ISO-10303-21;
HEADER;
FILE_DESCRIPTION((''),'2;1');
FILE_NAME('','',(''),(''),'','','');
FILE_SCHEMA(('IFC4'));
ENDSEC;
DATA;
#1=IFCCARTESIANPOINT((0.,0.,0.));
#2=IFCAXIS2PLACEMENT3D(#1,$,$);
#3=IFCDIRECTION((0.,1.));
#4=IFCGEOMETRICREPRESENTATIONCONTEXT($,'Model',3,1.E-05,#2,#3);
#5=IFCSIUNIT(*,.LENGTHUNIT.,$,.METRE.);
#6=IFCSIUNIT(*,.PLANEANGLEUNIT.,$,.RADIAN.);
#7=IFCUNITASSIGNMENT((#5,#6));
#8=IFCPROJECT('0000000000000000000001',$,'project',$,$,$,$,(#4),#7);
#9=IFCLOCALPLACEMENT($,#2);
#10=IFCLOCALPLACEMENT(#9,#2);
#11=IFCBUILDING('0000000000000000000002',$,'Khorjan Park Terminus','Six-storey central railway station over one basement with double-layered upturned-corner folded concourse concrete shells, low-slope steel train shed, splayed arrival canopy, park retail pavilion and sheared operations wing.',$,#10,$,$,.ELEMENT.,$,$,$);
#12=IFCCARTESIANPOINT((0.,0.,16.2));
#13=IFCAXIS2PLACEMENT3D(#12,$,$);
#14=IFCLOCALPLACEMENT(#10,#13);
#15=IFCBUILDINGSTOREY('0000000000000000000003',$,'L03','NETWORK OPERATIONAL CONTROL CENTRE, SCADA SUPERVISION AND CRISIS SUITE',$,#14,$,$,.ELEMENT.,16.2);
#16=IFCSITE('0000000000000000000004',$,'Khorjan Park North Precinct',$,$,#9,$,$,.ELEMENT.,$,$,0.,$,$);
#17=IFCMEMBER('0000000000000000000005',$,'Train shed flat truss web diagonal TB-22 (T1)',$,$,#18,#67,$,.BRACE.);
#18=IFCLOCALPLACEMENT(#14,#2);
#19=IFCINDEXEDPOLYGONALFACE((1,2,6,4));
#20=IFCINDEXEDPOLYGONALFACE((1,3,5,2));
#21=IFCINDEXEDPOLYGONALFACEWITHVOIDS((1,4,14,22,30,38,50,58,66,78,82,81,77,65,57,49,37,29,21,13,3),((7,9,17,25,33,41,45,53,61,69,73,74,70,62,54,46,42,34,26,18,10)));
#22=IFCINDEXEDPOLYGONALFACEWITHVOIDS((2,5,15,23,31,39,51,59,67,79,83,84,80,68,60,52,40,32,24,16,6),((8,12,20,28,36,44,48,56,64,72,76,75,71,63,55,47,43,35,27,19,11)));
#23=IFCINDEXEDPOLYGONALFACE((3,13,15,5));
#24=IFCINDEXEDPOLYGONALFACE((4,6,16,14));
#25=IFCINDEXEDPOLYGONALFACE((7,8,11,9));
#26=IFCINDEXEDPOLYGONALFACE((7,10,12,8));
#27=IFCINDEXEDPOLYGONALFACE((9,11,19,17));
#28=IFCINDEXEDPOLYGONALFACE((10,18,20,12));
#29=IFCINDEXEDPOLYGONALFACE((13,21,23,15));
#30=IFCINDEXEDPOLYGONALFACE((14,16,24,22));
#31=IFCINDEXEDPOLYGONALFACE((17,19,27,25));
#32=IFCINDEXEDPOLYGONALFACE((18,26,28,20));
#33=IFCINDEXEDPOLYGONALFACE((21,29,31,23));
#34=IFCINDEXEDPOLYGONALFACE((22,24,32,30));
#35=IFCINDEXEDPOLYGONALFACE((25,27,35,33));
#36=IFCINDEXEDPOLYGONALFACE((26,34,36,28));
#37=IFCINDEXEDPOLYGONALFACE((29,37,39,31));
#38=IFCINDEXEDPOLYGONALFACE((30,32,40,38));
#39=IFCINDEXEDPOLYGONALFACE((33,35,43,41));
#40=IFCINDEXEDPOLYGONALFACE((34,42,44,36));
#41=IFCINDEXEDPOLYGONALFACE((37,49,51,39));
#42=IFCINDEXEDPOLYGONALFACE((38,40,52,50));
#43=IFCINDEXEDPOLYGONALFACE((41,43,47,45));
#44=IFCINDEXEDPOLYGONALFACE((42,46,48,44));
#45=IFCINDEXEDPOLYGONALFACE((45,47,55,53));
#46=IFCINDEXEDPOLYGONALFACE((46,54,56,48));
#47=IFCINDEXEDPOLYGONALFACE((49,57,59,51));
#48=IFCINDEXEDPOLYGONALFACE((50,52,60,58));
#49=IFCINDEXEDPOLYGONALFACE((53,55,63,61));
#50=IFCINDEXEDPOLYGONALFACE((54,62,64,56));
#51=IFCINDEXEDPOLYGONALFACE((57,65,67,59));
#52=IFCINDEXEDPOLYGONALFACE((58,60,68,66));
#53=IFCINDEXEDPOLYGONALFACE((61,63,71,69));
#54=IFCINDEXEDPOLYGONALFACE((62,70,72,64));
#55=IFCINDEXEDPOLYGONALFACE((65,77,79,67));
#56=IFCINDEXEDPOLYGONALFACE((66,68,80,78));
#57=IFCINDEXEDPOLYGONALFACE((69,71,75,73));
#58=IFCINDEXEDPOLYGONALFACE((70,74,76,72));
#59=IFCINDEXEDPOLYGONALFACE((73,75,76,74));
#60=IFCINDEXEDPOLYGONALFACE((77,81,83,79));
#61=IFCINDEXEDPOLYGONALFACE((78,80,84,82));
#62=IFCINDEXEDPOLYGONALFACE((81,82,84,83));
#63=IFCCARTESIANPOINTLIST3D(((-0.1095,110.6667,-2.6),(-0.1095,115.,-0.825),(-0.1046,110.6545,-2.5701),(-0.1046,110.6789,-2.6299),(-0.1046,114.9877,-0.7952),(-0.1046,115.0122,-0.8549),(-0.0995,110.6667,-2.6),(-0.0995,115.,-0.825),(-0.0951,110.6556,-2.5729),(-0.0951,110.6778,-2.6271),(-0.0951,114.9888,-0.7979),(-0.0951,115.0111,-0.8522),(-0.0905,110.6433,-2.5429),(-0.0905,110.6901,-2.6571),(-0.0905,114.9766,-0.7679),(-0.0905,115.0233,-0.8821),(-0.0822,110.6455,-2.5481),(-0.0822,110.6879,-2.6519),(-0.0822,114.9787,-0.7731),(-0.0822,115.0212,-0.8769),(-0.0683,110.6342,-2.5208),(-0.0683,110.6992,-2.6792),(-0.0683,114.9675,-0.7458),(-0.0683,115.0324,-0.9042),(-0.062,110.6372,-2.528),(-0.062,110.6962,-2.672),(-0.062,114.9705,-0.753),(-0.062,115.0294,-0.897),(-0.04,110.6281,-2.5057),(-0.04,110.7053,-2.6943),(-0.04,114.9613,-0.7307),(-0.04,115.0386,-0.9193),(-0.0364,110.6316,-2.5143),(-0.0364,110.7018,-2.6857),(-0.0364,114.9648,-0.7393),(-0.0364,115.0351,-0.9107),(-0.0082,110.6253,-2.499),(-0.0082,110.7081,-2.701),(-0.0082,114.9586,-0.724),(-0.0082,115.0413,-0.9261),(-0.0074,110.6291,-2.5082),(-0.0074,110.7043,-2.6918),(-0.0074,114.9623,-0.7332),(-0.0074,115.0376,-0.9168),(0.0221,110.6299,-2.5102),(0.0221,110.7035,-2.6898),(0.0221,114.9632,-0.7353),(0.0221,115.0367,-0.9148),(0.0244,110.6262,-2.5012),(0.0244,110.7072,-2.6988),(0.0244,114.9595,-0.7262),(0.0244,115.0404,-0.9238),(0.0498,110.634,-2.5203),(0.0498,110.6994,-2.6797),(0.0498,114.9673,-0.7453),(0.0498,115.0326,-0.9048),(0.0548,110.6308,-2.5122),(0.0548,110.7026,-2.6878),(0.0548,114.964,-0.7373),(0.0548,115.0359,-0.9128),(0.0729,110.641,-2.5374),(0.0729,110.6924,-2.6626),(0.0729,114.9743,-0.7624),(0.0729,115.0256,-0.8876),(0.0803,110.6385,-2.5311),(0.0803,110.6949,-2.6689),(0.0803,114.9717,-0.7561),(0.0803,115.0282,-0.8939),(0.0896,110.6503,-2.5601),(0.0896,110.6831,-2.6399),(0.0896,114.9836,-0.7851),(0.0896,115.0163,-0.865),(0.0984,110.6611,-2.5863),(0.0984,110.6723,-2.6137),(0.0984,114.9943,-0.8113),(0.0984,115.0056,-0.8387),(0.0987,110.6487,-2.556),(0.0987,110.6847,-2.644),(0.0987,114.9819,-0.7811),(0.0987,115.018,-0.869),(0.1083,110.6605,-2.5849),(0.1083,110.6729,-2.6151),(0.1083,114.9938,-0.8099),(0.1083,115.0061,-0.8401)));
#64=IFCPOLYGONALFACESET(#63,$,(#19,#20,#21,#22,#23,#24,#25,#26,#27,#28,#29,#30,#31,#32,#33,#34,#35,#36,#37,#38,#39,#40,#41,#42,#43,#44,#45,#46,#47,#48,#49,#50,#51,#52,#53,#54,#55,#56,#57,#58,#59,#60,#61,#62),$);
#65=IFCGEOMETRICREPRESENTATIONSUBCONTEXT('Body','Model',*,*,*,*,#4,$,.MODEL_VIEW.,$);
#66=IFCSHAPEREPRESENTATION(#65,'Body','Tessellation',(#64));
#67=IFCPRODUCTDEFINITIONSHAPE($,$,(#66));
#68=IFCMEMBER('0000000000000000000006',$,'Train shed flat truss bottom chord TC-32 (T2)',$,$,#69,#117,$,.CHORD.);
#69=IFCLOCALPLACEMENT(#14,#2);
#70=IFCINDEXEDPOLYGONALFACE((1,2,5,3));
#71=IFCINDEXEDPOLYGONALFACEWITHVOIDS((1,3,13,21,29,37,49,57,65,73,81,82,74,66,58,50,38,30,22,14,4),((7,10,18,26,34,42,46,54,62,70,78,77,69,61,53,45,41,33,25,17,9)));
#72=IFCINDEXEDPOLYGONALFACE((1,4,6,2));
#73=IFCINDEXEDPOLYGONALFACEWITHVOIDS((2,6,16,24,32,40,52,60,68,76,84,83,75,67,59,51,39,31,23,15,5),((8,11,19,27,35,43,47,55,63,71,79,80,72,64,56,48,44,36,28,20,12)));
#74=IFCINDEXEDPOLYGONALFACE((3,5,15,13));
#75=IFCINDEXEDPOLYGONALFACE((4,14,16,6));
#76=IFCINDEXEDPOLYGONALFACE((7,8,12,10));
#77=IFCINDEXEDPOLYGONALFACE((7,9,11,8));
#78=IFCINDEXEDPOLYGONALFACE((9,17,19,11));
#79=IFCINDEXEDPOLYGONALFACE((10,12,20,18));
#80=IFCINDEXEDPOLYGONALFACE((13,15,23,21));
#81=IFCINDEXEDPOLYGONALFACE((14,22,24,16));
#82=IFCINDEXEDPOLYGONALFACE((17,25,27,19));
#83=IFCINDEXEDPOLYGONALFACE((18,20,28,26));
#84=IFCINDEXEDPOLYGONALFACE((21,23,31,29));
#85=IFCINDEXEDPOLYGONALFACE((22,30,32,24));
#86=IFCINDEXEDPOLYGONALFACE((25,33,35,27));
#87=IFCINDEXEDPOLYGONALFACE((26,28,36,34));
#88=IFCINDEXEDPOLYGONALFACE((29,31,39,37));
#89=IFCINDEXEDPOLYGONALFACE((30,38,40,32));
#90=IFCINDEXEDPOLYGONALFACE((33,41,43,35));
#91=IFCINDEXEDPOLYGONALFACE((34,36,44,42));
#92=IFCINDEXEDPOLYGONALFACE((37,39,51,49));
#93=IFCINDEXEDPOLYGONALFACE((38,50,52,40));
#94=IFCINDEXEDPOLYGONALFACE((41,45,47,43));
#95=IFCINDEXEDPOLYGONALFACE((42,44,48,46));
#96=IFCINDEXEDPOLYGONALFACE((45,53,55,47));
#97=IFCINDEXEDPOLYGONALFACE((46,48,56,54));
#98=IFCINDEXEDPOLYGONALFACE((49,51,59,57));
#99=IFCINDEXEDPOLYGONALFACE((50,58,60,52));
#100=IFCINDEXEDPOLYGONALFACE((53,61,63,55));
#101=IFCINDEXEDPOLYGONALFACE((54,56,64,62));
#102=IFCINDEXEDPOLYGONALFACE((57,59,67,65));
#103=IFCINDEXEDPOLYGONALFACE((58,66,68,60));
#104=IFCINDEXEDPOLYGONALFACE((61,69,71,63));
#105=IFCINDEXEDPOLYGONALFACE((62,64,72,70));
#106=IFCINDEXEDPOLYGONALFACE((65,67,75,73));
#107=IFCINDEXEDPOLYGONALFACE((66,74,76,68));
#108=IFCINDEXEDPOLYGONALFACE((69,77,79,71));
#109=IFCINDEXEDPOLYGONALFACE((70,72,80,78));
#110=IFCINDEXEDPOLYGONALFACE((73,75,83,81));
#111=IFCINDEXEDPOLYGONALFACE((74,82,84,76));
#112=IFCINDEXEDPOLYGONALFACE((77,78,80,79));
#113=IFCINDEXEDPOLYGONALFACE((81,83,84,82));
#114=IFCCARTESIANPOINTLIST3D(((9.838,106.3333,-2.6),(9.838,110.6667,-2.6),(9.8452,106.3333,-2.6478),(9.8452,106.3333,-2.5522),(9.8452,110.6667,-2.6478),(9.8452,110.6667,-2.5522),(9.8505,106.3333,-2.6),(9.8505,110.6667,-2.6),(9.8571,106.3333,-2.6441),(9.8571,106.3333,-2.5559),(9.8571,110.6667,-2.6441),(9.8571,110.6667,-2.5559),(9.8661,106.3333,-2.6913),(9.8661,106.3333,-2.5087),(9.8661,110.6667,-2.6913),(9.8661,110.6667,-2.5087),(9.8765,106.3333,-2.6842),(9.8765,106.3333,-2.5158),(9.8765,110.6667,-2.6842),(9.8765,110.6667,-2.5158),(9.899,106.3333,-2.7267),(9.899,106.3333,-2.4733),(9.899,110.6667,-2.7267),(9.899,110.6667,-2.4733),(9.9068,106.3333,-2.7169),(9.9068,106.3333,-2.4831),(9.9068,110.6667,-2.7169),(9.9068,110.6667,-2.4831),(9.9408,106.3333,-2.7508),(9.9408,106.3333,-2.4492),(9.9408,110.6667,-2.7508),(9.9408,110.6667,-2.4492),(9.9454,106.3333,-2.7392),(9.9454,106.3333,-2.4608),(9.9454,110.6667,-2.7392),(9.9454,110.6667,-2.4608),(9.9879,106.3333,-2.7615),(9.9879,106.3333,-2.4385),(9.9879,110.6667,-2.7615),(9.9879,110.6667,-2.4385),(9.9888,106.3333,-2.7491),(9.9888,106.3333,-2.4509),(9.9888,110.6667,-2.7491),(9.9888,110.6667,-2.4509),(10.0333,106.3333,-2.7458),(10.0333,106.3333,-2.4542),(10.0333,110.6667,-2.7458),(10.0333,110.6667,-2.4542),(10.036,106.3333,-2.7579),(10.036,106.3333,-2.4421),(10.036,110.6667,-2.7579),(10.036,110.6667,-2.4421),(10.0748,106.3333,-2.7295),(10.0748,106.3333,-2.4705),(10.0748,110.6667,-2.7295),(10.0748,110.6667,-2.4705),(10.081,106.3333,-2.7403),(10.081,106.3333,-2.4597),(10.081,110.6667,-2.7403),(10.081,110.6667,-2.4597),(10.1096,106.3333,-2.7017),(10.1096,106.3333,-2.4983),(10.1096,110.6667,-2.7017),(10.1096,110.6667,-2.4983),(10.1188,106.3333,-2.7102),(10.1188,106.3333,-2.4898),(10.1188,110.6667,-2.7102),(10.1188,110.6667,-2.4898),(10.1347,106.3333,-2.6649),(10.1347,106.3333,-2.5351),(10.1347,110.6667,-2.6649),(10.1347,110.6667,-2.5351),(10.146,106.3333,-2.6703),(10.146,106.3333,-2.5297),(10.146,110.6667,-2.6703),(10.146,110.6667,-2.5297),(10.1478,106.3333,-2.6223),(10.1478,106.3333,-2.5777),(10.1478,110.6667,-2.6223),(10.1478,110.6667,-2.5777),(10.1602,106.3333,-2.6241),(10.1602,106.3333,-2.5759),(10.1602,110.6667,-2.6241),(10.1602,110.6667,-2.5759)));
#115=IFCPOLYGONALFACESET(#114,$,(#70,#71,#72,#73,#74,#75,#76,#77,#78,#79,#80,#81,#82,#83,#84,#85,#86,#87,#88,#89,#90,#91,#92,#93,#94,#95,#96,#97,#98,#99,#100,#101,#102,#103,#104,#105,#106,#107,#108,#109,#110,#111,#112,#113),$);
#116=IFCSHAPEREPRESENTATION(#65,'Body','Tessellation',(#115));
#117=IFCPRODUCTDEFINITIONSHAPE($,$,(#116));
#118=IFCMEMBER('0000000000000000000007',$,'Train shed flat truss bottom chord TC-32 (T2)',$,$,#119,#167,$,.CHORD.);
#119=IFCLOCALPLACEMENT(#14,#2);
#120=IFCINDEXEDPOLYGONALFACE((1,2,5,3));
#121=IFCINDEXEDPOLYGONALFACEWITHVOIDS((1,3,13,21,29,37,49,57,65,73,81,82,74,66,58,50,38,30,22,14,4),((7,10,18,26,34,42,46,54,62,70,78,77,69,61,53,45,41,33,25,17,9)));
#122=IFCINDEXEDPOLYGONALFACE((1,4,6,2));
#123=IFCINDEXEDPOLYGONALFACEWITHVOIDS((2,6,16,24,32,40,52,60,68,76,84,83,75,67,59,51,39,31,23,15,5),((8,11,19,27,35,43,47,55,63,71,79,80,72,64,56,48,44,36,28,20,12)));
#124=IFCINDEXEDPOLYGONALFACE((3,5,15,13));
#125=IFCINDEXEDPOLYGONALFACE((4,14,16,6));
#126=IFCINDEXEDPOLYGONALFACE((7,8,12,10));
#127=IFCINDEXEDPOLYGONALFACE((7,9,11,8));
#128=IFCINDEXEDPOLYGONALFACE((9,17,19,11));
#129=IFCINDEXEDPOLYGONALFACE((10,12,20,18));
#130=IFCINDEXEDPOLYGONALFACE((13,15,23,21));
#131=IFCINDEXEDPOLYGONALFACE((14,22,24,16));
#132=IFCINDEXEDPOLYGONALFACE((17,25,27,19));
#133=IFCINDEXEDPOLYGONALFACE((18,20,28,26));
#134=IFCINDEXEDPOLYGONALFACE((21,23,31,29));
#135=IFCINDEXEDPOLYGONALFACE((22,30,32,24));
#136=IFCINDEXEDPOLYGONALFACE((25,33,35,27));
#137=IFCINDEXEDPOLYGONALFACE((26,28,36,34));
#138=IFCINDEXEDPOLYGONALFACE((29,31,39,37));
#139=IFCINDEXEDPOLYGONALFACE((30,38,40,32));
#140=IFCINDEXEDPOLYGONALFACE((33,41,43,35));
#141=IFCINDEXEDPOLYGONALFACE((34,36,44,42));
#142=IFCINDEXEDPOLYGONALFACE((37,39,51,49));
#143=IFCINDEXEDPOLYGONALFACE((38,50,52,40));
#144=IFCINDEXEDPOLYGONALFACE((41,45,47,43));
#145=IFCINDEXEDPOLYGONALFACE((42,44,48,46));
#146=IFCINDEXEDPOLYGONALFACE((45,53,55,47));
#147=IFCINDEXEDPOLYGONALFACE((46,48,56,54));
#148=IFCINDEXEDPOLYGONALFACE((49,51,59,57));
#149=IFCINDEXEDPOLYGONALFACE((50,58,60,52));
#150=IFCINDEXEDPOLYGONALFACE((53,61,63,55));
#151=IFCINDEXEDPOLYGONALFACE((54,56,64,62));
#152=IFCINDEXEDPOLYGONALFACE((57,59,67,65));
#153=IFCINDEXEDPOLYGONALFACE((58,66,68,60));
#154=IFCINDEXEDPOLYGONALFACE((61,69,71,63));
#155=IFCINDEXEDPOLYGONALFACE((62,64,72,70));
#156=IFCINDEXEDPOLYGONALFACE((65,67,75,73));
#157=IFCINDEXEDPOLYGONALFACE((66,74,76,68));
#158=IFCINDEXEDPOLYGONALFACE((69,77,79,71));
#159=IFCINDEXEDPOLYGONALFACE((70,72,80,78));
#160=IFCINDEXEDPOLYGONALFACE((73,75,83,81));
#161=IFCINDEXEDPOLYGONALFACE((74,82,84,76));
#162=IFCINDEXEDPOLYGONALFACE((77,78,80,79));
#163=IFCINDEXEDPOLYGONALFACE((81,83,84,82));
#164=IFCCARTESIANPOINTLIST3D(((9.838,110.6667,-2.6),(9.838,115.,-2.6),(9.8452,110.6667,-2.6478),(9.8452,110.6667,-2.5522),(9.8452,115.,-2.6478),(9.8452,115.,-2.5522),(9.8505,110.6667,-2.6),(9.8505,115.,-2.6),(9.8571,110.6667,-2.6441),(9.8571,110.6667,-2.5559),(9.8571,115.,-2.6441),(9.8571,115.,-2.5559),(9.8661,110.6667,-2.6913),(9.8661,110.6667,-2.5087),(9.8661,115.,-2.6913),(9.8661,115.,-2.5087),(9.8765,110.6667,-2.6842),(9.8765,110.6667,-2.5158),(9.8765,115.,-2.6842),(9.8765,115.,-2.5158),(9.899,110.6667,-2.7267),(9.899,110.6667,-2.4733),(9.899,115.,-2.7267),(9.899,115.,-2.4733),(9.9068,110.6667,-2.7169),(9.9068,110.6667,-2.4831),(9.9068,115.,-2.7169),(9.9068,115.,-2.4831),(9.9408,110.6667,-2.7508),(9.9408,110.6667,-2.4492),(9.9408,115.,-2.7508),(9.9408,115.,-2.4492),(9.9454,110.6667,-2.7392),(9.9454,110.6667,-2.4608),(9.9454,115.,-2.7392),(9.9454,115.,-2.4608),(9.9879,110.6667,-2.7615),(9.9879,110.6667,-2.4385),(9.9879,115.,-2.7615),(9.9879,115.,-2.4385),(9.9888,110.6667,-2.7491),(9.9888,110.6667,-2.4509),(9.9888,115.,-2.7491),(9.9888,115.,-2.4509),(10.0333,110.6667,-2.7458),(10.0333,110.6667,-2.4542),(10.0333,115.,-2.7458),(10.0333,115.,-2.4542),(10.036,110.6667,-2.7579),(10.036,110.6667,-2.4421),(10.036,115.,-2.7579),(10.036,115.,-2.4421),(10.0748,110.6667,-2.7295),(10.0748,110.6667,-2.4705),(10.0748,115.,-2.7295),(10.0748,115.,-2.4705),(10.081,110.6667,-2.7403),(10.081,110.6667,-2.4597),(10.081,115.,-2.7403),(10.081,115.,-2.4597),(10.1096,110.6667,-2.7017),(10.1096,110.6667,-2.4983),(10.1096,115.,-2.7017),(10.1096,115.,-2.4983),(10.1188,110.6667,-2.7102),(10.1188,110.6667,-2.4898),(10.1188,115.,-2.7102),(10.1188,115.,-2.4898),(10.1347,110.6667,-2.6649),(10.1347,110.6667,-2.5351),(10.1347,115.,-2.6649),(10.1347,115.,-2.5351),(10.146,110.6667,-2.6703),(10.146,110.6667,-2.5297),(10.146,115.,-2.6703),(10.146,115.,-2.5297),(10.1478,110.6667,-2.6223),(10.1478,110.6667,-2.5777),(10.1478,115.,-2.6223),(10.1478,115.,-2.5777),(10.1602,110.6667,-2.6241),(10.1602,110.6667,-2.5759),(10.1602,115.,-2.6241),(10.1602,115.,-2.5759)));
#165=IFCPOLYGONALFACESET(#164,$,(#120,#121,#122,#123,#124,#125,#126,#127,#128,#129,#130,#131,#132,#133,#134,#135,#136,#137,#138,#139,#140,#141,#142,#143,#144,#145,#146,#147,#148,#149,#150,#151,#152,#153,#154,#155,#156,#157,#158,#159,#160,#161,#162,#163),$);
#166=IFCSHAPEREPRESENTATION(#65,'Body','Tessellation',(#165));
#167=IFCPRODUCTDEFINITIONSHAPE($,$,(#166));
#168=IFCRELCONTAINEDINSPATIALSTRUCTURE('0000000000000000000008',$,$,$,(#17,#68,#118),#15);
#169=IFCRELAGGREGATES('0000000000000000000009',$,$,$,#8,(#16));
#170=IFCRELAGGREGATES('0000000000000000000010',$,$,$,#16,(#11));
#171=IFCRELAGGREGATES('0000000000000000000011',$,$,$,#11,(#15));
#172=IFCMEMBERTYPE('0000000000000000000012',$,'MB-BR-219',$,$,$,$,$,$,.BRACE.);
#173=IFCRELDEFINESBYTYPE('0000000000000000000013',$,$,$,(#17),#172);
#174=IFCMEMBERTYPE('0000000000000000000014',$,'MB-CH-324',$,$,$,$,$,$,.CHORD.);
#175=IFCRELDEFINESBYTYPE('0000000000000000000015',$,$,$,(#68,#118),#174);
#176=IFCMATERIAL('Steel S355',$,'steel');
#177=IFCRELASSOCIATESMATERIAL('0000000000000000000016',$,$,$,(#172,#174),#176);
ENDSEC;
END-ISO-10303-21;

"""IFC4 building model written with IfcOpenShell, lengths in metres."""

from ifc_helpers import new_model, si_unit, direction, frame, origin, origin_2d, place, context, subcontext, project, spatial, hollow_circle, extrude, material, material_profile, profile_set, type_object, element, save


model = new_model("IFC4")

# Units and contexts
model_context = context("Model", 3, precision=1e-05, world=origin(), true_north=direction((0.0, 1.0)))
body_context = subcontext(model_context, "Body", "Model", "MODEL_VIEW")
ifc_project = project(units=[si_unit("LENGTHUNIT", "METRE"), si_unit("PLANEANGLEUNIT", "RADIAN")], contexts=[model_context])

# Site, building, storey
site_placement = place(None, origin())
site = spatial("IfcSite", under=ifc_project, at=site_placement, Name="Khorjan Park North Precinct", CompositionType="ELEMENT", RefElevation=0.0)
building_placement = place(site_placement, origin())
building = spatial("IfcBuilding", under=site, at=building_placement, Name="Khorjan Park Terminus", Description="Six-storey central railway station over one basement with double-layered upturned-corner folded concourse concrete shells, low-slope steel train shed, splayed arrival canopy, park retail pavilion and sheared operations wing.", CompositionType="ELEMENT")
storey_placement = place(building_placement, frame((0.0, 0.0, 16.2)))
storey = spatial("IfcBuildingStorey", under=building, at=storey_placement, Name="L03", Description="NETWORK OPERATIONAL CONTROL CENTRE, SCADA SUPERVISION AND CRISIS SUITE", CompositionType="ELEMENT", Elevation=16.2)

# Members
ifc_material_1 = material(Name="Steel S355", Category="steel")
ifc_material_profile_1 = material_profile(ifc_material_1, hollow_circle(Radius=0.1095, WallThickness=0.01, at=origin_2d()), Name="CHS 219.1x10")
ifc_profile_set_1 = profile_set([ifc_material_profile_1], Name="Steel S355")
member_type_1 = type_object("IfcMemberType", Name="MB-BR-219", PredefinedType="BRACE", material=ifc_profile_set_1)
member_1_placement = place(storey_placement, frame((0.0, 110.6667, -2.6), z_axis=(0.0, 0.925376, 0.379051), x_axis=(-1.0, 0.0, 0.0)))
element("IfcMember", 1, at=member_1_placement, inside=storey, type_object=member_type_1, Name="Train shed flat truss web diagonal TB-22 (T1)", PredefinedType="BRACE", context=body_context, shape_type="SweptSolid", body=[
    extrude(hollow_circle(Radius=0.1095, WallThickness=0.01, at=origin_2d()), origin(), (0.0, 0.0, 1.0), 4.6827),
])
ifc_material_profile_2 = material_profile(ifc_material_1, hollow_circle(Radius=0.162, WallThickness=0.0125, at=origin_2d()), Name="CHS 323.9x12.5")
ifc_profile_set_2 = profile_set([ifc_material_profile_2], Name="Steel S355")
member_type_2 = type_object("IfcMemberType", Name="MB-CH-324", PredefinedType="CHORD", material=ifc_profile_set_2)
member_2_placement = place(storey_placement, frame((10.0, 106.3333, -2.6), z_axis=(0.0, 1.0, 0.0), x_axis=(-1.0, 0.0, 0.0)))
element("IfcMember", 2, at=member_2_placement, inside=storey, type_object=member_type_2, Name="Train shed flat truss bottom chord TC-32 (T2)", PredefinedType="CHORD", context=body_context, shape_type="SweptSolid", body=[
    extrude(hollow_circle(Radius=0.162, WallThickness=0.0125, at=origin_2d()), origin(), (0.0, 0.0, 1.0), 4.3334),
])
member_3_placement = place(storey_placement, frame((10.0, 110.6667, -2.6), z_axis=(0.0, 1.0, 0.0), x_axis=(-1.0, 0.0, 0.0)))
element("IfcMember", 3, at=member_3_placement, inside=storey, type_object=member_type_2, Name="Train shed flat truss bottom chord TC-32 (T2)", PredefinedType="CHORD", context=body_context, shape_type="SweptSolid", body=[
    extrude(hollow_circle(Radius=0.162, WallThickness=0.0125, at=origin_2d()), origin(), (0.0, 0.0, 1.0), 4.3333),
])

save(model, "model.ifc")
